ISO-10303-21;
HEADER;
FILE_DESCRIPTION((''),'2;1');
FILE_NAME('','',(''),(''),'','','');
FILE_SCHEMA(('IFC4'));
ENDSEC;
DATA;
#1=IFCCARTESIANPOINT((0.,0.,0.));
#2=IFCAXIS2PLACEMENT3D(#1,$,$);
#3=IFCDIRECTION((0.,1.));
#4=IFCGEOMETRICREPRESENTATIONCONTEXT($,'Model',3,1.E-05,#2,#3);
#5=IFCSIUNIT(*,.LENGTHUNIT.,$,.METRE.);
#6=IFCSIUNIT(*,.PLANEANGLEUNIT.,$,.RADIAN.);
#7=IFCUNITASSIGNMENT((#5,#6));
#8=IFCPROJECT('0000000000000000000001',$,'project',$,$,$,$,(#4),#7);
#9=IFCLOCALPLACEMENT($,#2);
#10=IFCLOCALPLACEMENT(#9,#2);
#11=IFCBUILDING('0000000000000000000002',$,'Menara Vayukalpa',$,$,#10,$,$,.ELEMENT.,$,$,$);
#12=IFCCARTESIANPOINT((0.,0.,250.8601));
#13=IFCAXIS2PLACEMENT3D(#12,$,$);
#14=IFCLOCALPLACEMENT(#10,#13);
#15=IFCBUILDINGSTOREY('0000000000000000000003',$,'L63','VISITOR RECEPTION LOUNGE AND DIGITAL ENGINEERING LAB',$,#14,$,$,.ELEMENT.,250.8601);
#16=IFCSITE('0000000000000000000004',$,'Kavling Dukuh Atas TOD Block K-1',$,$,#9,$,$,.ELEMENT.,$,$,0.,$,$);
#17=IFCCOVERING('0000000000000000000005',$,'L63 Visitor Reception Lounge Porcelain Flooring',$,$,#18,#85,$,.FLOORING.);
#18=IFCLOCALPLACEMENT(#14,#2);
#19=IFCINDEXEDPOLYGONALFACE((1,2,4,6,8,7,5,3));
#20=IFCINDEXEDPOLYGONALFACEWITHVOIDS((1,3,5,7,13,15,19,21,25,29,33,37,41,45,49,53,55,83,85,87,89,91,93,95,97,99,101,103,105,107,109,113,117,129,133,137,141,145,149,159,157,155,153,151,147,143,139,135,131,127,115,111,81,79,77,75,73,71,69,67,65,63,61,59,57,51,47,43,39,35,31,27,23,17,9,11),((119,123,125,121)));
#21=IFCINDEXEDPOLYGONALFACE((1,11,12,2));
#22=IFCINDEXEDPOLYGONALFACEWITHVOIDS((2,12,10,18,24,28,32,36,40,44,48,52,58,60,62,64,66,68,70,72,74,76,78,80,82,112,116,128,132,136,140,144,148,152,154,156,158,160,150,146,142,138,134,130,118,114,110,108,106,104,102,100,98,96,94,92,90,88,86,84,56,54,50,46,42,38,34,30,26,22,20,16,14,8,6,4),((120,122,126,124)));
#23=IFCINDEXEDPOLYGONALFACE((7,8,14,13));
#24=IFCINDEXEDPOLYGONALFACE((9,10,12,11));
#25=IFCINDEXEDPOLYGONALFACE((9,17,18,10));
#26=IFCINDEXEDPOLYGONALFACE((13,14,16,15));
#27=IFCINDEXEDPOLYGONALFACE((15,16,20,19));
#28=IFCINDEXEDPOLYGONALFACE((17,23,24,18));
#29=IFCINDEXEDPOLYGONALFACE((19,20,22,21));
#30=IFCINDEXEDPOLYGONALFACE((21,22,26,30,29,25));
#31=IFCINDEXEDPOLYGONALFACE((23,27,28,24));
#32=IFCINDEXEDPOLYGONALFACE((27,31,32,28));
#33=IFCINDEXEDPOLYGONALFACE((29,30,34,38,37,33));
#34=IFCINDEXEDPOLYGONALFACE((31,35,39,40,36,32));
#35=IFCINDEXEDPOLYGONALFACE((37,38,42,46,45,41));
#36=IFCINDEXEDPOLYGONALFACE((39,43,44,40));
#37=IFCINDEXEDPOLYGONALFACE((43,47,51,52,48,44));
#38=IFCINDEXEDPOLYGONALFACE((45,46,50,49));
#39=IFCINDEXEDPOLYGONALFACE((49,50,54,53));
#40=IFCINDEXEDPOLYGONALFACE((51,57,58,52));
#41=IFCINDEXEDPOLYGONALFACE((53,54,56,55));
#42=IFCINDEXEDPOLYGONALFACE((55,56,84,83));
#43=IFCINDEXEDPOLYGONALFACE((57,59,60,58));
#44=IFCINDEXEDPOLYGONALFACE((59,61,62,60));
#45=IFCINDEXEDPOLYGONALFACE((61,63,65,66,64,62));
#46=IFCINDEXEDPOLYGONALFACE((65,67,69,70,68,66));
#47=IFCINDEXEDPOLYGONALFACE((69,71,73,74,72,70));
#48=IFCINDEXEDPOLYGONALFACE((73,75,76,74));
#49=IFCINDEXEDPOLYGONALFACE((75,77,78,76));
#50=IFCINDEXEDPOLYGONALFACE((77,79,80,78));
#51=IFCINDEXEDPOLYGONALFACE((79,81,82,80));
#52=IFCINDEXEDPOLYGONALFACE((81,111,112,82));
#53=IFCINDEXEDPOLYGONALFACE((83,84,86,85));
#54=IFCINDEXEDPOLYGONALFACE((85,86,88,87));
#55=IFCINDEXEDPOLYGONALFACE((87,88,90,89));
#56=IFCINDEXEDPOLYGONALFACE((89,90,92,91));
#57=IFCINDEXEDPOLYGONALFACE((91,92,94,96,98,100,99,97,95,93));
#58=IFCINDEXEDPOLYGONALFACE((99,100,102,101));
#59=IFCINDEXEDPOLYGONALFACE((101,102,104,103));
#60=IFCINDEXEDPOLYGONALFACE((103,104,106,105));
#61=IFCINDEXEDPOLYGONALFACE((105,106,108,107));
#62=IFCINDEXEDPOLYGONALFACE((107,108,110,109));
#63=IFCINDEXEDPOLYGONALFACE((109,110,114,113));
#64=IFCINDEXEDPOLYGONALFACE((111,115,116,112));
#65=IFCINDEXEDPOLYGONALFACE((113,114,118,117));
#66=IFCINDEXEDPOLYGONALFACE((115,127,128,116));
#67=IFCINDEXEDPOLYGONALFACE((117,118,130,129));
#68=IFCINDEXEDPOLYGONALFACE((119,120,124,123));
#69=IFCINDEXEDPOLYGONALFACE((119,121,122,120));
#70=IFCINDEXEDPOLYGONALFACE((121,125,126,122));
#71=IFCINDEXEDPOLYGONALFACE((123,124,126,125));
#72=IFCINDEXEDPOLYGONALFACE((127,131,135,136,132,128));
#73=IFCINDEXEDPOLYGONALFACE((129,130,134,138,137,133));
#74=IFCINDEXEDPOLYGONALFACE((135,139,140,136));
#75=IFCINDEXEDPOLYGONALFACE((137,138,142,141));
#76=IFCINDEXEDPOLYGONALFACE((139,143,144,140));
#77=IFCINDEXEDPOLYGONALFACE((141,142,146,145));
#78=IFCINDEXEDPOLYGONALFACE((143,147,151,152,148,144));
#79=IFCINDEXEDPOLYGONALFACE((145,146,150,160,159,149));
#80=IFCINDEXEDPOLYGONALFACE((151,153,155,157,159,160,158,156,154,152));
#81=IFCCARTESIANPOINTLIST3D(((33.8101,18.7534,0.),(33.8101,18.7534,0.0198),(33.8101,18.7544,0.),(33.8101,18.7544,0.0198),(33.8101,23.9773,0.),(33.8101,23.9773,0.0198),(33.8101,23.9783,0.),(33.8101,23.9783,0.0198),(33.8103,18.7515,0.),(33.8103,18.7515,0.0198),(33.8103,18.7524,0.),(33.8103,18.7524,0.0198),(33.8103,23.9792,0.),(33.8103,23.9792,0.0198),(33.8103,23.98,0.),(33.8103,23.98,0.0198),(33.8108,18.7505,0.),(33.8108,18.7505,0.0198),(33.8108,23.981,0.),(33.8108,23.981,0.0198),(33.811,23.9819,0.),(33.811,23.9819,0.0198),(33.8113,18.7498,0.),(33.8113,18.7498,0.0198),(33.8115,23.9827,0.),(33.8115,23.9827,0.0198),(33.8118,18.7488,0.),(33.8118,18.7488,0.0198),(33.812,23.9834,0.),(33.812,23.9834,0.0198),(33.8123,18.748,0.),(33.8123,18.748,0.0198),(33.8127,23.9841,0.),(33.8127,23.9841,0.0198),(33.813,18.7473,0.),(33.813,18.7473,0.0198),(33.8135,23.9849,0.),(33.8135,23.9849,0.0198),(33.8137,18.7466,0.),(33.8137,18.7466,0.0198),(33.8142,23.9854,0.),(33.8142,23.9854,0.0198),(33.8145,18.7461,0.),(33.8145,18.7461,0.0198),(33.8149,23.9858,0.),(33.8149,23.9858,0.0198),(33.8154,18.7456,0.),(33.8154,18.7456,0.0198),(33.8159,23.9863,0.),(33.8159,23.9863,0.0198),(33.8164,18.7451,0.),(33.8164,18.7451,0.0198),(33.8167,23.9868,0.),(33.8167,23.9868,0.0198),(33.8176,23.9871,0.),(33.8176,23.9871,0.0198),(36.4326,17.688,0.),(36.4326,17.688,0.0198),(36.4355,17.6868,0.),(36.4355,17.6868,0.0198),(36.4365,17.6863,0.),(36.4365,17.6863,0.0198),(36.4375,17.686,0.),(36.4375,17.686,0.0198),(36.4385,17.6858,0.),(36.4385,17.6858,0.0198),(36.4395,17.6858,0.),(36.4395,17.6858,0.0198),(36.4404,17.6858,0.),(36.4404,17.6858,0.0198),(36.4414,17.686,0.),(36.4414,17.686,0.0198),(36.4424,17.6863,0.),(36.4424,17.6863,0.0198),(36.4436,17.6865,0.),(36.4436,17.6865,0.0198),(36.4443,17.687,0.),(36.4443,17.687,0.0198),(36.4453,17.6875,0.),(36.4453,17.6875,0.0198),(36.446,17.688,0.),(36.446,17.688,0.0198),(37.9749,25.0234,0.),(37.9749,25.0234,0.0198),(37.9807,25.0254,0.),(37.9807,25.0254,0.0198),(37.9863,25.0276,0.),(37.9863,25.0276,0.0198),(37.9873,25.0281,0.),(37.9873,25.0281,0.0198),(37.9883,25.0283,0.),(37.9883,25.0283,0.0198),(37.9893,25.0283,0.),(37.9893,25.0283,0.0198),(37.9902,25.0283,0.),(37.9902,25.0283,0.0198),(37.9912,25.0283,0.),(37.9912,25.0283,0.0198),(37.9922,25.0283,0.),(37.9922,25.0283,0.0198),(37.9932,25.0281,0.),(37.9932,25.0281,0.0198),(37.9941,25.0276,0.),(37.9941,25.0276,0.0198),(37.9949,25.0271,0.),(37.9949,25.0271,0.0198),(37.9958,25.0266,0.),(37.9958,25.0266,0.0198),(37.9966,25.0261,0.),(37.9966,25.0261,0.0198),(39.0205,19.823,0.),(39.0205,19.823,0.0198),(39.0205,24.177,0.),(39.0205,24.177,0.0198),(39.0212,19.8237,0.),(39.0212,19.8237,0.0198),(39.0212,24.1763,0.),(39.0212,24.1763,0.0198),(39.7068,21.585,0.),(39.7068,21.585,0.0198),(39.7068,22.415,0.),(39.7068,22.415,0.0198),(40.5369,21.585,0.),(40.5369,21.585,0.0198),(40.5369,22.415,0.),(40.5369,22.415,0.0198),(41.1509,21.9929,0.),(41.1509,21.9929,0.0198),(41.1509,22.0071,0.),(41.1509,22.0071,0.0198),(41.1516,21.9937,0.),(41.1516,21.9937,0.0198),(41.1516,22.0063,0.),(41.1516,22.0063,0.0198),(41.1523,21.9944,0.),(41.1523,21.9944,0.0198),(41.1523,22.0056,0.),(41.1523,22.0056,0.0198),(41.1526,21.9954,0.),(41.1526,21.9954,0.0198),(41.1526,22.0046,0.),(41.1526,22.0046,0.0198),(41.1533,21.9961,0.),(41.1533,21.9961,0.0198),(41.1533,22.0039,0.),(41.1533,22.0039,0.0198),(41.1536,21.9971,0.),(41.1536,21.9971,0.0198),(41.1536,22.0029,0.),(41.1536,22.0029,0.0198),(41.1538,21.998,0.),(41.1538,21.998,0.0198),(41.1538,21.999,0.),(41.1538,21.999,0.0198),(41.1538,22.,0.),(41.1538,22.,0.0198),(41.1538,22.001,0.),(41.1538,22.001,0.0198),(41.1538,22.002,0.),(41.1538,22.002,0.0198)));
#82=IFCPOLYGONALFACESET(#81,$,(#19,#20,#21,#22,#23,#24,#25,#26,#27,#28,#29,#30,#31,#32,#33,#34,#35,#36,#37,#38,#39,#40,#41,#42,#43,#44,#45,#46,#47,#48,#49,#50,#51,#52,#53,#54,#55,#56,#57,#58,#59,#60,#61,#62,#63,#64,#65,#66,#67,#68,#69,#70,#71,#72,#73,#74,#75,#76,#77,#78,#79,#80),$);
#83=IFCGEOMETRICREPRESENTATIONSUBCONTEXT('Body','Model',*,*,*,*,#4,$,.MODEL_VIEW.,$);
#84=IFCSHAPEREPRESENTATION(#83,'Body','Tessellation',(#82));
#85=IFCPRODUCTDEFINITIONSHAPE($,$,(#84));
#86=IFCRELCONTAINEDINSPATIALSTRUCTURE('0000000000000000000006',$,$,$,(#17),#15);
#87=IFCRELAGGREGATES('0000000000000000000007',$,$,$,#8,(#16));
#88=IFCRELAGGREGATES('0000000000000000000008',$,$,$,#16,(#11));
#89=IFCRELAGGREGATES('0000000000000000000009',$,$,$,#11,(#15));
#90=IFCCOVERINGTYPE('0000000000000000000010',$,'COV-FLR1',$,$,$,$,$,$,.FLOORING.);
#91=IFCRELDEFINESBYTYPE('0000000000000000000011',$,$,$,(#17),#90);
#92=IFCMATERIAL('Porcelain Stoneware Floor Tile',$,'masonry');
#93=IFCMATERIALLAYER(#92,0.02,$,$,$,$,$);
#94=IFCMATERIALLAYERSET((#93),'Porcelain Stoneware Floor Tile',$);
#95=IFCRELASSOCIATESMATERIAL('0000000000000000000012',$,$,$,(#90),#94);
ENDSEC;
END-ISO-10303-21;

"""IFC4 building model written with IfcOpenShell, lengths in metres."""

from ifc_helpers import new_model, si_unit, direction, frame, origin, place, context, subcontext, project, spatial, polyline, outline, extrude, material, layer, layer_set, type_object, element, save


model = new_model("IFC4")

# Units and contexts
model_context = context("Model", 3, precision=1e-05, world=origin(), true_north=direction((0.0, 1.0)))
body_context = subcontext(model_context, "Body", "Model", "MODEL_VIEW")
ifc_project = project(units=[si_unit("LENGTHUNIT", "METRE"), si_unit("PLANEANGLEUNIT", "RADIAN")], contexts=[model_context])

# Site, building, storey
site_placement = place(None, origin())
site = spatial("IfcSite", under=ifc_project, at=site_placement, Name="Kavling Dukuh Atas TOD Block K-1", CompositionType="ELEMENT", RefElevation=0.0)
building_placement = place(site_placement, origin())
building = spatial("IfcBuilding", under=site, at=building_placement, Name="Menara Vayukalpa", CompositionType="ELEMENT")
storey_placement = place(building_placement, frame((0.0, 0.0, 250.8601)))
storey = spatial("IfcBuildingStorey", under=building, at=storey_placement, Name="L63", Description="VISITOR RECEPTION LOUNGE AND DIGITAL ENGINEERING LAB", CompositionType="ELEMENT", Elevation=250.8601)

# Covering
ifc_material_1 = material(Name="Porcelain Stoneware Floor Tile", Category="masonry")
ifc_layer_1 = layer(ifc_material_1, 0.02)
ifc_layer_set_1 = layer_set([ifc_layer_1], Name="Porcelain Stoneware Floor Tile")
covering_type_1 = type_object("IfcCoveringType", Name="COV-FLR1", PredefinedType="FLOORING", material=ifc_layer_set_1)
covering_1_placement = place(storey_placement, origin())
element("IfcCovering", 1, at=covering_1_placement, inside=storey, type_object=covering_type_1, Name="L63 Visitor Reception Lounge Porcelain Flooring", PredefinedType="FLOORING", context=body_context, shape_type="SweptSolid", body=[
    extrude(outline(polyline([(41.1509, 22.0071), (41.1516, 22.0063), (41.1523, 22.0056), (41.1526, 22.0046), (41.1533, 22.0039), (41.1536, 22.0029), (41.1538, 22.002), (41.1538, 22.001), (41.1538, 22.0), (41.1538, 21.999), (41.1538, 21.998), (41.1536, 21.9971), (41.1533, 21.9961), (41.1526, 21.9954), (41.1523, 21.9944), (41.1516, 21.9937), (41.1509, 21.9929), (39.0212, 19.8237), (39.0205, 19.823), (36.446, 17.688), (36.4453, 17.6875), (36.4443, 17.687), (36.4436, 17.6865), (36.4424, 17.6863), (36.4414, 17.686), (36.4404, 17.6858), (36.4395, 17.6858), (36.4385, 17.6858), (36.4375, 17.686), (36.4365, 17.6863), (36.4355, 17.6868), (36.4326, 17.688), (33.8164, 18.7451), (33.8154, 18.7456), (33.8145, 18.7461), (33.8137, 18.7466), (33.813, 18.7473), (33.8123, 18.748), (33.8118, 18.7488), (33.8113, 18.7498), (33.8108, 18.7505), (33.8103, 18.7515), (33.8103, 18.7524), (33.8101, 18.7534), (33.8101, 18.7544), (33.8101, 23.9773), (33.8101, 23.9783), (33.8103, 23.9792), (33.8103, 23.98), (33.8108, 23.981), (33.811, 23.9819), (33.8115, 23.9827), (33.812, 23.9834), (33.8127, 23.9841), (33.8135, 23.9849), (33.8142, 23.9854), (33.8149, 23.9858), (33.8159, 23.9863), (33.8167, 23.9868), (33.8176, 23.9871), (37.9749, 25.0234), (37.9807, 25.0254), (37.9863, 25.0276), (37.9873, 25.0281), (37.9883, 25.0283), (37.9893, 25.0283), (37.9902, 25.0283), (37.9912, 25.0283), (37.9922, 25.0283), (37.9932, 25.0281), (37.9941, 25.0276), (37.9949, 25.0271), (37.9958, 25.0266), (37.9966, 25.0261), (39.0205, 24.177), (39.0212, 24.1763), (41.1509, 22.0071)]), holes=[polyline([(40.5369, 22.415), (39.7068, 22.415), (39.7068, 21.585), (40.5369, 21.585), (40.5369, 22.415)])]), origin(), (0.0, 0.0, 1.0), 0.0198),
])

save(model, "model.ifc")
